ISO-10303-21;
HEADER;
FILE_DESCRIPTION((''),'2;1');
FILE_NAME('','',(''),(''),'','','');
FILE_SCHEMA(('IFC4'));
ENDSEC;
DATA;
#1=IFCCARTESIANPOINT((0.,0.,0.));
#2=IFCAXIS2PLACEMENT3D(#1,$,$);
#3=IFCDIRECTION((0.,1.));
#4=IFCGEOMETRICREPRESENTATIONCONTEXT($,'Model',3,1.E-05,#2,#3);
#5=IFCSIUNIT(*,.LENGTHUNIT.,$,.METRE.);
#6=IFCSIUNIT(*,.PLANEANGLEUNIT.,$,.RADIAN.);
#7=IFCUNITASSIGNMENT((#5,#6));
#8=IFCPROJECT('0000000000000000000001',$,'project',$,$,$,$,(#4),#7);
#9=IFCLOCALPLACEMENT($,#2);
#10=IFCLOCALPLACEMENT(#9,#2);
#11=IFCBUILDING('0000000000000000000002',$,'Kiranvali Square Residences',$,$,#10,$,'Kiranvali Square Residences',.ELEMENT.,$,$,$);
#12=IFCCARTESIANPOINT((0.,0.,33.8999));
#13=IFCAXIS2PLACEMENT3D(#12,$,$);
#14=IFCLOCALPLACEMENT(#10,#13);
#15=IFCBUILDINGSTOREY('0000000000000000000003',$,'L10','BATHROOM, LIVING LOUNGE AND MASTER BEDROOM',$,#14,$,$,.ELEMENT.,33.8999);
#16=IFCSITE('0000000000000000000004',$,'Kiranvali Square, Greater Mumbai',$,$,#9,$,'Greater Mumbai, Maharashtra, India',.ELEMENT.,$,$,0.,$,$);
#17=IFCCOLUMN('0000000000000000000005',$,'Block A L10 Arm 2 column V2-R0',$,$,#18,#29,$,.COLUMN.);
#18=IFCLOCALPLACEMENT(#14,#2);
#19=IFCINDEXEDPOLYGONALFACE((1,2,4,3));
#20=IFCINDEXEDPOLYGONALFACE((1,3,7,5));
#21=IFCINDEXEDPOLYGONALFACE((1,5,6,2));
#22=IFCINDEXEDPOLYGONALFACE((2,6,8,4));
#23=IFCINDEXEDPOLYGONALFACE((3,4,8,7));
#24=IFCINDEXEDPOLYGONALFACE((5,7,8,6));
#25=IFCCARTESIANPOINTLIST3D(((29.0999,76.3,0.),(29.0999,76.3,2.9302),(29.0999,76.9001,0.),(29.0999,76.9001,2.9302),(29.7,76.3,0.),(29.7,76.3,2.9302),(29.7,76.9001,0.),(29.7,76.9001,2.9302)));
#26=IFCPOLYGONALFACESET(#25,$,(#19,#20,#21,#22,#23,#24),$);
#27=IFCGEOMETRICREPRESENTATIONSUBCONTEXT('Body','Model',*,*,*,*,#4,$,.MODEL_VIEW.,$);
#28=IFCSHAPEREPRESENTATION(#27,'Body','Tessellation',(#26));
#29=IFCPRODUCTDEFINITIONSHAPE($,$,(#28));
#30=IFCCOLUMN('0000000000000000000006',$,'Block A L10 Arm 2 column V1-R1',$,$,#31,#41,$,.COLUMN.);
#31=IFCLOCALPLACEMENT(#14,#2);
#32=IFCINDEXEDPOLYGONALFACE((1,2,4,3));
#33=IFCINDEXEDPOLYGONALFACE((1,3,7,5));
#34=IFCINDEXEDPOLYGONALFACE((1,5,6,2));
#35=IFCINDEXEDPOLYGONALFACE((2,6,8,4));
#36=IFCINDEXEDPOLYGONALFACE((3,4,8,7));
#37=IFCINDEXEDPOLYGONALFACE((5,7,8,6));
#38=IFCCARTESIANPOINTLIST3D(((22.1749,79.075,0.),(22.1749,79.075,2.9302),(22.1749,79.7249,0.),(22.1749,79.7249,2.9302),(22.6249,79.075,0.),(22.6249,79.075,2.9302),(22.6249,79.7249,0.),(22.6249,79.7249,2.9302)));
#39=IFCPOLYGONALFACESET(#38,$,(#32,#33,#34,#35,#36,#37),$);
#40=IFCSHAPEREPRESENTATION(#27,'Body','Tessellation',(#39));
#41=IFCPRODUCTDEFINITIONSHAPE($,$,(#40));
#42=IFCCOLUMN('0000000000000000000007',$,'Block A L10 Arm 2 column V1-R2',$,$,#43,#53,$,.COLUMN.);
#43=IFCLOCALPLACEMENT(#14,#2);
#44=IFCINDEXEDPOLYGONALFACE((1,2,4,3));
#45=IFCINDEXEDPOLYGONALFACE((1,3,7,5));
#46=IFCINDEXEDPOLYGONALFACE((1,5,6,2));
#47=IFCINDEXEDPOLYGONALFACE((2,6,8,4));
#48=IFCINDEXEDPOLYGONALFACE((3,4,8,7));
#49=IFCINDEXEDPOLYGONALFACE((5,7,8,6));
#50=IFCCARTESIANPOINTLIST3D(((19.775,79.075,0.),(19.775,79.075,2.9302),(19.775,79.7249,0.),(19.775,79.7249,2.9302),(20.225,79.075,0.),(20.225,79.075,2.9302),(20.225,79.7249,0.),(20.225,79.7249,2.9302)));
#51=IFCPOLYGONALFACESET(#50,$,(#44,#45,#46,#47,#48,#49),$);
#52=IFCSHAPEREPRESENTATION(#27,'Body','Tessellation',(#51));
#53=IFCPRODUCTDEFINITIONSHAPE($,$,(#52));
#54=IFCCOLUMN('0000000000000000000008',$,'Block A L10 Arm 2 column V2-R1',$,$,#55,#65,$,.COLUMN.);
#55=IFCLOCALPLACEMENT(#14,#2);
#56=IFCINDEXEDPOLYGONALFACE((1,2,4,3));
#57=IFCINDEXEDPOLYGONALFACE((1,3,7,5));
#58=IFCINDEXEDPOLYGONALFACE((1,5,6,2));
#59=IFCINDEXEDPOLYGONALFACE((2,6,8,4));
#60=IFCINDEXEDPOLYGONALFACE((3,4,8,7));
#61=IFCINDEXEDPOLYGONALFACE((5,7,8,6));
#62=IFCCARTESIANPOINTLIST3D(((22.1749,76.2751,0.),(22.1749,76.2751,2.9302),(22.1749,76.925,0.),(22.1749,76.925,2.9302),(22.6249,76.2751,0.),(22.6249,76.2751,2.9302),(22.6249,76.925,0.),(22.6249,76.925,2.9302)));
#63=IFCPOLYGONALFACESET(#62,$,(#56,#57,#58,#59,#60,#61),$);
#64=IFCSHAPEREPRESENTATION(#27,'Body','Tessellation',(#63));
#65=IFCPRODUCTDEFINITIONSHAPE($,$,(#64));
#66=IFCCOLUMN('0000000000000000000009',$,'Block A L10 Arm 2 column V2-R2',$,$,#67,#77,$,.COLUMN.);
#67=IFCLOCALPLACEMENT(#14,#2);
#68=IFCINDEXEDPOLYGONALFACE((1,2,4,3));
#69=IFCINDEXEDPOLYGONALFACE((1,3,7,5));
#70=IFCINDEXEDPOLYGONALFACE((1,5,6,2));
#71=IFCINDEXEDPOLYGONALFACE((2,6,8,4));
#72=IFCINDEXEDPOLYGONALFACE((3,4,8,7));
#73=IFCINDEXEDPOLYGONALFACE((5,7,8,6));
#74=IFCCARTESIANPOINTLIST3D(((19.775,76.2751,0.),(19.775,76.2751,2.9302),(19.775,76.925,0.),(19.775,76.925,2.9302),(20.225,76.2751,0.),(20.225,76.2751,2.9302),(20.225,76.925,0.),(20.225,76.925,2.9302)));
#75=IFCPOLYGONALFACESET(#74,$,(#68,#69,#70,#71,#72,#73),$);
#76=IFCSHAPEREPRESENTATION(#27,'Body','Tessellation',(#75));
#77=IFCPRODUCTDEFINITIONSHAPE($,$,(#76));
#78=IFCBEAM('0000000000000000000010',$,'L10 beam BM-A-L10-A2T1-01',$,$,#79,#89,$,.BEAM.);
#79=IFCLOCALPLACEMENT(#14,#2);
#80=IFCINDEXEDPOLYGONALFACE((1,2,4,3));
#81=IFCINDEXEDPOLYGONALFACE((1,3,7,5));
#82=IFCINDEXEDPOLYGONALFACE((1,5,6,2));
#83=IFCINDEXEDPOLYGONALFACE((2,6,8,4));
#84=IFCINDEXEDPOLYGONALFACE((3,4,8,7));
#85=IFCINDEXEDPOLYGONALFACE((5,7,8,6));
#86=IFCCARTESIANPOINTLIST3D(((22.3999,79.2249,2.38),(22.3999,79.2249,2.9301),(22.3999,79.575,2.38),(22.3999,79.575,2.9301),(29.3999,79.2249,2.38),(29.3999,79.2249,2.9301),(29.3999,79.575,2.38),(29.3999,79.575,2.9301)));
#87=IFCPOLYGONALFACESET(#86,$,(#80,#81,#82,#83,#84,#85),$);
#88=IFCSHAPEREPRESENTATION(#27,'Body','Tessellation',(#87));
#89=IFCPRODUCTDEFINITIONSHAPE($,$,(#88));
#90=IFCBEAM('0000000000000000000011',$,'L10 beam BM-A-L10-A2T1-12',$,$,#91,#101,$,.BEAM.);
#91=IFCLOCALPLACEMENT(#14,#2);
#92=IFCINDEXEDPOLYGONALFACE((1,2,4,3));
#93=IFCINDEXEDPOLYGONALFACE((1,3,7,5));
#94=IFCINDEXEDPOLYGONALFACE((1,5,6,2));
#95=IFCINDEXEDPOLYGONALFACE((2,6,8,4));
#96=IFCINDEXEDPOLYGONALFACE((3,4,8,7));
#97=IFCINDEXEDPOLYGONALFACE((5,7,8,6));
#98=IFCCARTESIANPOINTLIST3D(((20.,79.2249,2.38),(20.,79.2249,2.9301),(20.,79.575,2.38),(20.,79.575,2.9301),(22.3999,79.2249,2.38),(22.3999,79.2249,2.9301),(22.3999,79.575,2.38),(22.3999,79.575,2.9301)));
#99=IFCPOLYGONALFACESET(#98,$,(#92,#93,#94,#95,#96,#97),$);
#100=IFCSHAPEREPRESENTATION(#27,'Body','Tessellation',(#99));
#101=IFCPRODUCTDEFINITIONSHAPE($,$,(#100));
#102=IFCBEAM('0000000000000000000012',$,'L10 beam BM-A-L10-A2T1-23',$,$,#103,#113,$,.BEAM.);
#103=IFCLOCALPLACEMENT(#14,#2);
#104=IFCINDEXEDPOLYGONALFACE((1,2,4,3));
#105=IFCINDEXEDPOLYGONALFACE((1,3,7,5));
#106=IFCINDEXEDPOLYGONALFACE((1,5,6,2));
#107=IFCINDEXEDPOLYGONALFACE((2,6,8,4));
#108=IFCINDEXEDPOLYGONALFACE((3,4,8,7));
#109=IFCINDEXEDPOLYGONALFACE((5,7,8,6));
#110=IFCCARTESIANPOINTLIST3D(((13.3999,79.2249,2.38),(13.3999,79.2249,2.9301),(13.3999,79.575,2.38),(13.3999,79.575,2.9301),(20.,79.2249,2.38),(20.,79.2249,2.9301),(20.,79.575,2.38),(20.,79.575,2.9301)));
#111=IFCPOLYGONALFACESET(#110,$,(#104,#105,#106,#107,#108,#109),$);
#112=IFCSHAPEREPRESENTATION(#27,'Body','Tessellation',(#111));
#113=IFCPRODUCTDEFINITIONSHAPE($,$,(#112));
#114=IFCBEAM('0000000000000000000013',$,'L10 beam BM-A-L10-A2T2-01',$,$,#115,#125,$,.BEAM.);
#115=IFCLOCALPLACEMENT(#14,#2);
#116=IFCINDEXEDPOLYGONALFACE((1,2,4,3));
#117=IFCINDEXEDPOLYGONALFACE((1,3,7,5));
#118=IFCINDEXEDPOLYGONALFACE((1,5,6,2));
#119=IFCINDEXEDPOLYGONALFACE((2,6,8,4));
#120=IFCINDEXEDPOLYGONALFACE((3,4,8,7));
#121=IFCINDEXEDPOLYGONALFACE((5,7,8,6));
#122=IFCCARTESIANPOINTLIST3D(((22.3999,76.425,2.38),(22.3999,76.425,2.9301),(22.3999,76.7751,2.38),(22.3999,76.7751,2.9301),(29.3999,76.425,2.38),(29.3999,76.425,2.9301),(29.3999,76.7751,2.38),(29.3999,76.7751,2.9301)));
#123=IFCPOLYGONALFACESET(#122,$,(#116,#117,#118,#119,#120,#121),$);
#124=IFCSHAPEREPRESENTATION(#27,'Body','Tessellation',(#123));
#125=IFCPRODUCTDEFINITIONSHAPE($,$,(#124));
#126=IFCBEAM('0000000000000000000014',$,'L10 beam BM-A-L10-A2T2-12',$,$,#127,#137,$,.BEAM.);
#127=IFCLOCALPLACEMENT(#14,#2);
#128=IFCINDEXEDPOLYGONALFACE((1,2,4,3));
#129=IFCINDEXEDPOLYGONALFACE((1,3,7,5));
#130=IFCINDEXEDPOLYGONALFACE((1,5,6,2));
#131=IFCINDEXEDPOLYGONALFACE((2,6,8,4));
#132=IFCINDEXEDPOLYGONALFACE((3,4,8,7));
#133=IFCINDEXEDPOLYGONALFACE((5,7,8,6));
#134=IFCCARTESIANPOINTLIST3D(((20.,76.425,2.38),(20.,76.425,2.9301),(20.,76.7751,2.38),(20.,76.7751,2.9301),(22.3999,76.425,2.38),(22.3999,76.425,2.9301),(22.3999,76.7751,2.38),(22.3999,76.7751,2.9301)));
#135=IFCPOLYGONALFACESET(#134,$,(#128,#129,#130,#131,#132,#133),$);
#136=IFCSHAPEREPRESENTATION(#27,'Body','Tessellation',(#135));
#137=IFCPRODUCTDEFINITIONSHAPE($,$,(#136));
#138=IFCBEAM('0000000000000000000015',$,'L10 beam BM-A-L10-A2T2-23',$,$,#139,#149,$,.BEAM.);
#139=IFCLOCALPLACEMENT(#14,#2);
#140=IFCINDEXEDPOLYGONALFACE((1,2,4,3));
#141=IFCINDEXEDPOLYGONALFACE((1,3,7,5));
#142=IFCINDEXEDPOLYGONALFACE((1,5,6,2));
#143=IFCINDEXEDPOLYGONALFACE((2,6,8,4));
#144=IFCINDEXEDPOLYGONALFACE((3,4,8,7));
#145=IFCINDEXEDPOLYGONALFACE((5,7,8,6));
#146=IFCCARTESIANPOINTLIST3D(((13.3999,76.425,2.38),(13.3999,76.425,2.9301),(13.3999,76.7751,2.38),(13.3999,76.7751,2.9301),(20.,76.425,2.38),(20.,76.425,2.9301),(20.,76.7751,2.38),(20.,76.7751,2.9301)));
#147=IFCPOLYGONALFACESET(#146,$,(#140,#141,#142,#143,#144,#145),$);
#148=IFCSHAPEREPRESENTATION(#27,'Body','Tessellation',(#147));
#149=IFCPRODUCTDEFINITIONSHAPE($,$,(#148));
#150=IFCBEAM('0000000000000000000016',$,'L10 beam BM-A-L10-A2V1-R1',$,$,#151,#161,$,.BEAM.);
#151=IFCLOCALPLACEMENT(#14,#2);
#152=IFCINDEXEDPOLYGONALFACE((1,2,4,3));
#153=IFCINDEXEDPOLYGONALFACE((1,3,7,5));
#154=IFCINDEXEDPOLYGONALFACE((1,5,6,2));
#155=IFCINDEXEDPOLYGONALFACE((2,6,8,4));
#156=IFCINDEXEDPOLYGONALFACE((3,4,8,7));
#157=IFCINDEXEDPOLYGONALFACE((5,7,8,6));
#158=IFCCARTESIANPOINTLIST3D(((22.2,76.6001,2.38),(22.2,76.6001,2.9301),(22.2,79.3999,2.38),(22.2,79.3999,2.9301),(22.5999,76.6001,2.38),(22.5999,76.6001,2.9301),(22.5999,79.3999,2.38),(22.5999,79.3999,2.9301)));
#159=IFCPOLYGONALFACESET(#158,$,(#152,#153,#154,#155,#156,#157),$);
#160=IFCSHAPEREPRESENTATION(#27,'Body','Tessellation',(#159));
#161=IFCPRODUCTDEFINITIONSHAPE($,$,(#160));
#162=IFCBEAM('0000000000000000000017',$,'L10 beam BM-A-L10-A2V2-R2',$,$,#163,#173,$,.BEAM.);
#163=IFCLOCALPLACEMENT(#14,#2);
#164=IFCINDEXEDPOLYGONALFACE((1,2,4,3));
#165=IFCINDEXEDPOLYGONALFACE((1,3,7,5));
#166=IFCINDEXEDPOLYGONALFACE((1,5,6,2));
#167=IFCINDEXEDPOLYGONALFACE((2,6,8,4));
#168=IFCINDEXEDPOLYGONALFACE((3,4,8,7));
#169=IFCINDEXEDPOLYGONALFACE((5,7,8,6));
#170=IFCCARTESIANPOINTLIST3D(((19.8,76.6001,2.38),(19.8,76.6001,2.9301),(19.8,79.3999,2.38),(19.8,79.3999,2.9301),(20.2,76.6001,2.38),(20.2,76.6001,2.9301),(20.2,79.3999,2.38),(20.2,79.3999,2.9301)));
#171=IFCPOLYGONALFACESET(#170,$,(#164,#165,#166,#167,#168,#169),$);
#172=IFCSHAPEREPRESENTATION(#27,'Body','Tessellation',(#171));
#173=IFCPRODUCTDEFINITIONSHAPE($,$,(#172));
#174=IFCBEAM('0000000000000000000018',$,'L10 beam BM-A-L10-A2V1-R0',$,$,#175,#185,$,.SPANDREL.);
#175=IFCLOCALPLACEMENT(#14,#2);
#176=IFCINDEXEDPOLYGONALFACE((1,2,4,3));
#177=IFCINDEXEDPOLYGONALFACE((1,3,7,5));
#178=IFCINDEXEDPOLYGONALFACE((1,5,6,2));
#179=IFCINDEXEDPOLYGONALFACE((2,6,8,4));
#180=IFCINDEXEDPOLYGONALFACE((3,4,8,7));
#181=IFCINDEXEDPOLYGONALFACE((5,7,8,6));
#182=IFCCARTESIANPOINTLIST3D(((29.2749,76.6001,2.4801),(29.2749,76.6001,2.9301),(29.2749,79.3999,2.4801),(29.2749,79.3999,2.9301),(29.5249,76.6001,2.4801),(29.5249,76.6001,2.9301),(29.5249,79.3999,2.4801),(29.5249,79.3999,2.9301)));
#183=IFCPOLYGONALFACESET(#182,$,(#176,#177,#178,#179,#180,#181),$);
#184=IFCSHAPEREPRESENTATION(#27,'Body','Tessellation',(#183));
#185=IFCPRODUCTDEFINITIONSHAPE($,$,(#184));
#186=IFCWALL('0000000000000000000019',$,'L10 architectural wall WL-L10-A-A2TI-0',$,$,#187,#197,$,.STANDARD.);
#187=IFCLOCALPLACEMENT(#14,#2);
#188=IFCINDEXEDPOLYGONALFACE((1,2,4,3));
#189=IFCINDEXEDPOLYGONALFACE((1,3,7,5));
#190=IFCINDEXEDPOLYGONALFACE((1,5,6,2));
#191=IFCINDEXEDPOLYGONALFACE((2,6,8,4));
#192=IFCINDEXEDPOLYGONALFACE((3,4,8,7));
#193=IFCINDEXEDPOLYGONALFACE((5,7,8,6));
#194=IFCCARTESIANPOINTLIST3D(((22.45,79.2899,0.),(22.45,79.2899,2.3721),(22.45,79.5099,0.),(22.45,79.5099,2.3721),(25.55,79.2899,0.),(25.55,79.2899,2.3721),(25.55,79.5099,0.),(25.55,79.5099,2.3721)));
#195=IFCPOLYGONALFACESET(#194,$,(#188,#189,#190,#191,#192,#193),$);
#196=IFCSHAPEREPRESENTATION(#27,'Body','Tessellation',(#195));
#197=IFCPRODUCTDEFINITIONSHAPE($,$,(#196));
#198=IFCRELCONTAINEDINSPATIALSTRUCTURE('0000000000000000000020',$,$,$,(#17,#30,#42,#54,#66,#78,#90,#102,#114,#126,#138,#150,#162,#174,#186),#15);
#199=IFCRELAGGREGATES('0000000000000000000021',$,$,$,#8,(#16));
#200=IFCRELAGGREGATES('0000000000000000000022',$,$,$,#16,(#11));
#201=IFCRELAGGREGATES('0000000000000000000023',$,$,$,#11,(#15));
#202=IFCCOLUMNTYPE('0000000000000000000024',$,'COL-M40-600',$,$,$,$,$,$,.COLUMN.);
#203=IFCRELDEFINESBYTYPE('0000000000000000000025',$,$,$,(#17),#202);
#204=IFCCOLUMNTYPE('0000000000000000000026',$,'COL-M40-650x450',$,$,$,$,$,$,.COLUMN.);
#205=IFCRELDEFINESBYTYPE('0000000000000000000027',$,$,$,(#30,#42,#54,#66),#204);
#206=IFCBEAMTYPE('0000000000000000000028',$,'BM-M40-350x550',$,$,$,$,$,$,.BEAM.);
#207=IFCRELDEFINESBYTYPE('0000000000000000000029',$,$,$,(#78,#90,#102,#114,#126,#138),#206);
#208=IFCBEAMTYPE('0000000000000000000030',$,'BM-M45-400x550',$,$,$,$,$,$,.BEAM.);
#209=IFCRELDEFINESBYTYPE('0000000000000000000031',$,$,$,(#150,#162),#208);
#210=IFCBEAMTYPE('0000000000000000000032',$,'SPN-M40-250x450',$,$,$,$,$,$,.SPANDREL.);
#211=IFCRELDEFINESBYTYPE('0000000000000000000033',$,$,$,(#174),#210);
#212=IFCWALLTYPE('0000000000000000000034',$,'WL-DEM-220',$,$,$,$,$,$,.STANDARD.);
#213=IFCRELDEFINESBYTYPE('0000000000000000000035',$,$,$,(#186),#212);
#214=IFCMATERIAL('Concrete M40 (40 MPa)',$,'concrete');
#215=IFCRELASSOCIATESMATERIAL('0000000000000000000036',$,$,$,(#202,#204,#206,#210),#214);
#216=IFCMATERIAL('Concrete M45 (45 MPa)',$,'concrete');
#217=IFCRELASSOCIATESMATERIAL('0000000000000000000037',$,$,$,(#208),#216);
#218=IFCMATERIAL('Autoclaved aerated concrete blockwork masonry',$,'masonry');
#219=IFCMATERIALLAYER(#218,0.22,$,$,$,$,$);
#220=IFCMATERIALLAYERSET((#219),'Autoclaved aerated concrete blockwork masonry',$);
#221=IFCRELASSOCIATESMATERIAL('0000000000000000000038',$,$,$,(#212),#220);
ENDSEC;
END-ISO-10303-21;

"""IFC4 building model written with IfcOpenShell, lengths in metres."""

from ifc_helpers import new_model, si_unit, direction, frame, frame_2d, origin, origin_2d, place, context, subcontext, project, spatial, rectangle, extrude, material, layer, layer_set, material_profile, profile_set, type_object, element, save


model = new_model("IFC4")

# Units and contexts
model_context = context("Model", 3, precision=1e-05, world=origin(), true_north=direction((0.0, 1.0)))
body_context = subcontext(model_context, "Body", "Model", "MODEL_VIEW")
ifc_project = project(units=[si_unit("LENGTHUNIT", "METRE"), si_unit("PLANEANGLEUNIT", "RADIAN")], contexts=[model_context])

# Site, building, storey
site_placement = place(None, origin())
site = spatial("IfcSite", under=ifc_project, at=site_placement, Name="Kiranvali Square, Greater Mumbai", LongName="Greater Mumbai, Maharashtra, India", CompositionType="ELEMENT", RefElevation=0.0)
building_placement = place(site_placement, origin())
building = spatial("IfcBuilding", under=site, at=building_placement, Name="Kiranvali Square Residences", LongName="Kiranvali Square Residences", CompositionType="ELEMENT")
storey_placement = place(building_placement, frame((0.0, 0.0, 33.8999)))
storey = spatial("IfcBuildingStorey", under=building, at=storey_placement, Name="L10", Description="BATHROOM, LIVING LOUNGE AND MASTER BEDROOM", CompositionType="ELEMENT", Elevation=33.8999)

# Columns
ifc_material_1 = material(Name="Concrete M40 (40 MPa)", Category="concrete")
ifc_material_profile_1 = material_profile(ifc_material_1, rectangle(XDim=0.6001, YDim=0.6001, at=origin_2d()), Name="RC 600x600")
ifc_profile_set_1 = profile_set([ifc_material_profile_1], Name="Concrete M40 (40 MPa)")
column_type_1 = type_object("IfcColumnType", Name="COL-M40-600", PredefinedType="COLUMN", material=ifc_profile_set_1)
column_placement = place(storey_placement, frame((29.3999, 76.6001, 0.0), z_axis=(0.0, 0.0, 1.0), x_axis=(1.0, 0.0, 0.0)))
element("IfcColumn", 1, at=column_placement, inside=storey, type_object=column_type_1, Name="Block A L10 Arm 2 column V2-R0", PredefinedType="COLUMN", context=body_context, shape_type="SweptSolid", body=[
    extrude(rectangle(XDim=0.6001, YDim=0.6001, at=origin_2d()), origin(), (0.0, 0.0, 1.0), 2.9302),
])
ifc_material_profile_2 = material_profile(ifc_material_1, rectangle(XDim=0.45, YDim=0.6499, at=origin_2d()), Name="RC 650x450")
ifc_profile_set_2 = profile_set([ifc_material_profile_2], Name="Concrete M40 (40 MPa)")
column_type_2 = type_object("IfcColumnType", Name="COL-M40-650x450", PredefinedType="COLUMN", material=ifc_profile_set_2)
for number, where, z_axis, x_axis, name in (
    (2, (22.3999, 79.3999, 0.0), (0.0, 0.0, 1.0), (1.0, 0.0, 0.0), "Block A L10 Arm 2 column V1-R1"),
    (3, (20.0, 79.3999, 0.0), (0.0, 0.0, 1.0), (1.0, 0.0, 0.0), "Block A L10 Arm 2 column V1-R2"),
    (4, (22.3999, 76.6001, 0.0), (0.0, 0.0, 1.0), (1.0, 0.0, 0.0), "Block A L10 Arm 2 column V2-R1"),
    (5, (20.0, 76.6001, 0.0), (0.0, 0.0, 1.0), (1.0, 0.0, 0.0), "Block A L10 Arm 2 column V2-R2"),
):
    element("IfcColumn", number, at=place(storey_placement, frame(where, z_axis=z_axis, x_axis=x_axis)), inside=storey, type_object=column_type_2, Name=name, PredefinedType="COLUMN", context=body_context, shape_type="SweptSolid", body=[
        extrude(rectangle(XDim=0.45, YDim=0.6499, at=origin_2d()), origin(), (0.0, 0.0, 1.0), 2.9302),
    ])

# Beams
ifc_material_profile_3 = material_profile(ifc_material_1, rectangle(XDim=0.3501, YDim=0.55, at=origin_2d()), Name="RC 350x550")
ifc_profile_set_3 = profile_set([ifc_material_profile_3], Name="Concrete M40 (40 MPa)")
beam_type_1 = type_object("IfcBeamType", Name="BM-M40-350x550", PredefinedType="BEAM", material=ifc_profile_set_3)
beam_1_placement = place(storey_placement, frame((29.3999, 79.3999, 2.655), z_axis=(-1.0, 0.0, 0.0), x_axis=(0.0, -1.0, 0.0)))
element("IfcBeam", 6, at=beam_1_placement, inside=storey, type_object=beam_type_1, Name="L10 beam BM-A-L10-A2T1-01", PredefinedType="BEAM", context=body_context, shape_type="SweptSolid", body=[
    extrude(rectangle(XDim=0.3501, YDim=0.55, at=origin_2d()), origin(), (0.0, 0.0, 1.0), 7.0),
])
beam_2_placement = place(storey_placement, frame((22.3999, 79.3999, 2.655), z_axis=(-1.0, 0.0, 0.0), x_axis=(0.0, -1.0, 0.0)))
element("IfcBeam", 7, at=beam_2_placement, inside=storey, type_object=beam_type_1, Name="L10 beam BM-A-L10-A2T1-12", PredefinedType="BEAM", context=body_context, shape_type="SweptSolid", body=[
    extrude(rectangle(XDim=0.3501, YDim=0.55, at=origin_2d()), origin(), (0.0, 0.0, 1.0), 2.3999),
])
beam_3_placement = place(storey_placement, frame((20.0, 79.3999, 2.655), z_axis=(-1.0, 0.0, 0.0), x_axis=(0.0, -1.0, 0.0)))
element("IfcBeam", 8, at=beam_3_placement, inside=storey, type_object=beam_type_1, Name="L10 beam BM-A-L10-A2T1-23", PredefinedType="BEAM", context=body_context, shape_type="SweptSolid", body=[
    extrude(rectangle(XDim=0.3501, YDim=0.55, at=origin_2d()), origin(), (0.0, 0.0, 1.0), 6.6001),
])
beam_4_placement = place(storey_placement, frame((29.3999, 76.6001, 2.655), z_axis=(-1.0, 0.0, 0.0), x_axis=(0.0, -1.0, 0.0)))
element("IfcBeam", 9, at=beam_4_placement, inside=storey, type_object=beam_type_1, Name="L10 beam BM-A-L10-A2T2-01", PredefinedType="BEAM", context=body_context, shape_type="SweptSolid", body=[
    extrude(rectangle(XDim=0.3501, YDim=0.55, at=origin_2d()), origin(), (0.0, 0.0, 1.0), 7.0),
])
beam_5_placement = place(storey_placement, frame((22.3999, 76.6001, 2.655), z_axis=(-1.0, 0.0, 0.0), x_axis=(0.0, -1.0, 0.0)))
element("IfcBeam", 10, at=beam_5_placement, inside=storey, type_object=beam_type_1, Name="L10 beam BM-A-L10-A2T2-12", PredefinedType="BEAM", context=body_context, shape_type="SweptSolid", body=[
    extrude(rectangle(XDim=0.3501, YDim=0.55, at=origin_2d()), origin(), (0.0, 0.0, 1.0), 2.3999),
])
beam_6_placement = place(storey_placement, frame((20.0, 76.6001, 2.655), z_axis=(-1.0, 0.0, 0.0), x_axis=(0.0, -1.0, 0.0)))
element("IfcBeam", 11, at=beam_6_placement, inside=storey, type_object=beam_type_1, Name="L10 beam BM-A-L10-A2T2-23", PredefinedType="BEAM", context=body_context, shape_type="SweptSolid", body=[
    extrude(rectangle(XDim=0.3501, YDim=0.55, at=origin_2d()), origin(), (0.0, 0.0, 1.0), 6.6001),
])
ifc_material_2 = material(Name="Concrete M45 (45 MPa)", Category="concrete")
ifc_material_profile_4 = material_profile(ifc_material_2, rectangle(XDim=0.3999, YDim=0.55, at=origin_2d()), Name="RC 400x550")
ifc_profile_set_4 = profile_set([ifc_material_profile_4], Name="Concrete M45 (45 MPa)")
beam_type_2 = type_object("IfcBeamType", Name="BM-M45-400x550", PredefinedType="BEAM", material=ifc_profile_set_4)
for number, where, z_axis, x_axis, name in (
    (12, (22.3999, 79.3999, 2.655), (0.0, -1.0, 0.0), (1.0, 0.0, 0.0), "L10 beam BM-A-L10-A2V1-R1"),
    (13, (20.0, 79.3999, 2.655), (0.0, -1.0, 0.0), (1.0, 0.0, 0.0), "L10 beam BM-A-L10-A2V2-R2"),
):
    element("IfcBeam", number, at=place(storey_placement, frame(where, z_axis=z_axis, x_axis=x_axis)), inside=storey, type_object=beam_type_2, Name=name, PredefinedType="BEAM", context=body_context, shape_type="SweptSolid", body=[
        extrude(rectangle(XDim=0.3999, YDim=0.55, at=origin_2d()), origin(), (0.0, 0.0, 1.0), 2.7998),
    ])
ifc_material_profile_5 = material_profile(ifc_material_1, rectangle(XDim=0.25, YDim=0.45, at=origin_2d()), Name="RC 250x450")
ifc_profile_set_5 = profile_set([ifc_material_profile_5], Name="Concrete M40 (40 MPa)")
beam_type_3 = type_object("IfcBeamType", Name="SPN-M40-250x450", PredefinedType="SPANDREL", material=ifc_profile_set_5)
beam_7_placement = place(storey_placement, frame((29.3999, 79.3999, 2.7051), z_axis=(0.0, -1.0, 0.0), x_axis=(1.0, 0.0, 0.0)))
element("IfcBeam", 14, at=beam_7_placement, inside=storey, type_object=beam_type_3, Name="L10 beam BM-A-L10-A2V1-R0", PredefinedType="SPANDREL", context=body_context, shape_type="SweptSolid", body=[
    extrude(rectangle(XDim=0.25, YDim=0.45, at=origin_2d()), origin(), (0.0, 0.0, 1.0), 2.7998),
])

# Shared definitions
ifc_material_3 = material(Name="Autoclaved aerated concrete blockwork masonry", Category="masonry")

# Wall
ifc_layer_1 = layer(ifc_material_3, 0.22)
ifc_layer_set_1 = layer_set([ifc_layer_1], Name="Autoclaved aerated concrete blockwork masonry")
wall_type_1 = type_object("IfcWallType", Name="WL-DEM-220", PredefinedType="STANDARD", material=ifc_layer_set_1)
wall_1_placement = place(storey_placement, frame((25.55, 79.3999, 0.0), z_axis=(0.0, 0.0, 1.0), x_axis=(-1.0, 0.0, 0.0)))
element("IfcWall", 15, at=wall_1_placement, inside=storey, type_object=wall_type_1, Name="L10 architectural wall WL-L10-A-A2TI-0", PredefinedType="STANDARD", context=body_context, shape_type="SweptSolid", body=[
    extrude(rectangle(XDim=3.1001, YDim=0.22, at=frame_2d((1.55, 0.0))), origin(), (0.0, 0.0, 1.0), 2.3721),
])

save(model, "model.ifc")
